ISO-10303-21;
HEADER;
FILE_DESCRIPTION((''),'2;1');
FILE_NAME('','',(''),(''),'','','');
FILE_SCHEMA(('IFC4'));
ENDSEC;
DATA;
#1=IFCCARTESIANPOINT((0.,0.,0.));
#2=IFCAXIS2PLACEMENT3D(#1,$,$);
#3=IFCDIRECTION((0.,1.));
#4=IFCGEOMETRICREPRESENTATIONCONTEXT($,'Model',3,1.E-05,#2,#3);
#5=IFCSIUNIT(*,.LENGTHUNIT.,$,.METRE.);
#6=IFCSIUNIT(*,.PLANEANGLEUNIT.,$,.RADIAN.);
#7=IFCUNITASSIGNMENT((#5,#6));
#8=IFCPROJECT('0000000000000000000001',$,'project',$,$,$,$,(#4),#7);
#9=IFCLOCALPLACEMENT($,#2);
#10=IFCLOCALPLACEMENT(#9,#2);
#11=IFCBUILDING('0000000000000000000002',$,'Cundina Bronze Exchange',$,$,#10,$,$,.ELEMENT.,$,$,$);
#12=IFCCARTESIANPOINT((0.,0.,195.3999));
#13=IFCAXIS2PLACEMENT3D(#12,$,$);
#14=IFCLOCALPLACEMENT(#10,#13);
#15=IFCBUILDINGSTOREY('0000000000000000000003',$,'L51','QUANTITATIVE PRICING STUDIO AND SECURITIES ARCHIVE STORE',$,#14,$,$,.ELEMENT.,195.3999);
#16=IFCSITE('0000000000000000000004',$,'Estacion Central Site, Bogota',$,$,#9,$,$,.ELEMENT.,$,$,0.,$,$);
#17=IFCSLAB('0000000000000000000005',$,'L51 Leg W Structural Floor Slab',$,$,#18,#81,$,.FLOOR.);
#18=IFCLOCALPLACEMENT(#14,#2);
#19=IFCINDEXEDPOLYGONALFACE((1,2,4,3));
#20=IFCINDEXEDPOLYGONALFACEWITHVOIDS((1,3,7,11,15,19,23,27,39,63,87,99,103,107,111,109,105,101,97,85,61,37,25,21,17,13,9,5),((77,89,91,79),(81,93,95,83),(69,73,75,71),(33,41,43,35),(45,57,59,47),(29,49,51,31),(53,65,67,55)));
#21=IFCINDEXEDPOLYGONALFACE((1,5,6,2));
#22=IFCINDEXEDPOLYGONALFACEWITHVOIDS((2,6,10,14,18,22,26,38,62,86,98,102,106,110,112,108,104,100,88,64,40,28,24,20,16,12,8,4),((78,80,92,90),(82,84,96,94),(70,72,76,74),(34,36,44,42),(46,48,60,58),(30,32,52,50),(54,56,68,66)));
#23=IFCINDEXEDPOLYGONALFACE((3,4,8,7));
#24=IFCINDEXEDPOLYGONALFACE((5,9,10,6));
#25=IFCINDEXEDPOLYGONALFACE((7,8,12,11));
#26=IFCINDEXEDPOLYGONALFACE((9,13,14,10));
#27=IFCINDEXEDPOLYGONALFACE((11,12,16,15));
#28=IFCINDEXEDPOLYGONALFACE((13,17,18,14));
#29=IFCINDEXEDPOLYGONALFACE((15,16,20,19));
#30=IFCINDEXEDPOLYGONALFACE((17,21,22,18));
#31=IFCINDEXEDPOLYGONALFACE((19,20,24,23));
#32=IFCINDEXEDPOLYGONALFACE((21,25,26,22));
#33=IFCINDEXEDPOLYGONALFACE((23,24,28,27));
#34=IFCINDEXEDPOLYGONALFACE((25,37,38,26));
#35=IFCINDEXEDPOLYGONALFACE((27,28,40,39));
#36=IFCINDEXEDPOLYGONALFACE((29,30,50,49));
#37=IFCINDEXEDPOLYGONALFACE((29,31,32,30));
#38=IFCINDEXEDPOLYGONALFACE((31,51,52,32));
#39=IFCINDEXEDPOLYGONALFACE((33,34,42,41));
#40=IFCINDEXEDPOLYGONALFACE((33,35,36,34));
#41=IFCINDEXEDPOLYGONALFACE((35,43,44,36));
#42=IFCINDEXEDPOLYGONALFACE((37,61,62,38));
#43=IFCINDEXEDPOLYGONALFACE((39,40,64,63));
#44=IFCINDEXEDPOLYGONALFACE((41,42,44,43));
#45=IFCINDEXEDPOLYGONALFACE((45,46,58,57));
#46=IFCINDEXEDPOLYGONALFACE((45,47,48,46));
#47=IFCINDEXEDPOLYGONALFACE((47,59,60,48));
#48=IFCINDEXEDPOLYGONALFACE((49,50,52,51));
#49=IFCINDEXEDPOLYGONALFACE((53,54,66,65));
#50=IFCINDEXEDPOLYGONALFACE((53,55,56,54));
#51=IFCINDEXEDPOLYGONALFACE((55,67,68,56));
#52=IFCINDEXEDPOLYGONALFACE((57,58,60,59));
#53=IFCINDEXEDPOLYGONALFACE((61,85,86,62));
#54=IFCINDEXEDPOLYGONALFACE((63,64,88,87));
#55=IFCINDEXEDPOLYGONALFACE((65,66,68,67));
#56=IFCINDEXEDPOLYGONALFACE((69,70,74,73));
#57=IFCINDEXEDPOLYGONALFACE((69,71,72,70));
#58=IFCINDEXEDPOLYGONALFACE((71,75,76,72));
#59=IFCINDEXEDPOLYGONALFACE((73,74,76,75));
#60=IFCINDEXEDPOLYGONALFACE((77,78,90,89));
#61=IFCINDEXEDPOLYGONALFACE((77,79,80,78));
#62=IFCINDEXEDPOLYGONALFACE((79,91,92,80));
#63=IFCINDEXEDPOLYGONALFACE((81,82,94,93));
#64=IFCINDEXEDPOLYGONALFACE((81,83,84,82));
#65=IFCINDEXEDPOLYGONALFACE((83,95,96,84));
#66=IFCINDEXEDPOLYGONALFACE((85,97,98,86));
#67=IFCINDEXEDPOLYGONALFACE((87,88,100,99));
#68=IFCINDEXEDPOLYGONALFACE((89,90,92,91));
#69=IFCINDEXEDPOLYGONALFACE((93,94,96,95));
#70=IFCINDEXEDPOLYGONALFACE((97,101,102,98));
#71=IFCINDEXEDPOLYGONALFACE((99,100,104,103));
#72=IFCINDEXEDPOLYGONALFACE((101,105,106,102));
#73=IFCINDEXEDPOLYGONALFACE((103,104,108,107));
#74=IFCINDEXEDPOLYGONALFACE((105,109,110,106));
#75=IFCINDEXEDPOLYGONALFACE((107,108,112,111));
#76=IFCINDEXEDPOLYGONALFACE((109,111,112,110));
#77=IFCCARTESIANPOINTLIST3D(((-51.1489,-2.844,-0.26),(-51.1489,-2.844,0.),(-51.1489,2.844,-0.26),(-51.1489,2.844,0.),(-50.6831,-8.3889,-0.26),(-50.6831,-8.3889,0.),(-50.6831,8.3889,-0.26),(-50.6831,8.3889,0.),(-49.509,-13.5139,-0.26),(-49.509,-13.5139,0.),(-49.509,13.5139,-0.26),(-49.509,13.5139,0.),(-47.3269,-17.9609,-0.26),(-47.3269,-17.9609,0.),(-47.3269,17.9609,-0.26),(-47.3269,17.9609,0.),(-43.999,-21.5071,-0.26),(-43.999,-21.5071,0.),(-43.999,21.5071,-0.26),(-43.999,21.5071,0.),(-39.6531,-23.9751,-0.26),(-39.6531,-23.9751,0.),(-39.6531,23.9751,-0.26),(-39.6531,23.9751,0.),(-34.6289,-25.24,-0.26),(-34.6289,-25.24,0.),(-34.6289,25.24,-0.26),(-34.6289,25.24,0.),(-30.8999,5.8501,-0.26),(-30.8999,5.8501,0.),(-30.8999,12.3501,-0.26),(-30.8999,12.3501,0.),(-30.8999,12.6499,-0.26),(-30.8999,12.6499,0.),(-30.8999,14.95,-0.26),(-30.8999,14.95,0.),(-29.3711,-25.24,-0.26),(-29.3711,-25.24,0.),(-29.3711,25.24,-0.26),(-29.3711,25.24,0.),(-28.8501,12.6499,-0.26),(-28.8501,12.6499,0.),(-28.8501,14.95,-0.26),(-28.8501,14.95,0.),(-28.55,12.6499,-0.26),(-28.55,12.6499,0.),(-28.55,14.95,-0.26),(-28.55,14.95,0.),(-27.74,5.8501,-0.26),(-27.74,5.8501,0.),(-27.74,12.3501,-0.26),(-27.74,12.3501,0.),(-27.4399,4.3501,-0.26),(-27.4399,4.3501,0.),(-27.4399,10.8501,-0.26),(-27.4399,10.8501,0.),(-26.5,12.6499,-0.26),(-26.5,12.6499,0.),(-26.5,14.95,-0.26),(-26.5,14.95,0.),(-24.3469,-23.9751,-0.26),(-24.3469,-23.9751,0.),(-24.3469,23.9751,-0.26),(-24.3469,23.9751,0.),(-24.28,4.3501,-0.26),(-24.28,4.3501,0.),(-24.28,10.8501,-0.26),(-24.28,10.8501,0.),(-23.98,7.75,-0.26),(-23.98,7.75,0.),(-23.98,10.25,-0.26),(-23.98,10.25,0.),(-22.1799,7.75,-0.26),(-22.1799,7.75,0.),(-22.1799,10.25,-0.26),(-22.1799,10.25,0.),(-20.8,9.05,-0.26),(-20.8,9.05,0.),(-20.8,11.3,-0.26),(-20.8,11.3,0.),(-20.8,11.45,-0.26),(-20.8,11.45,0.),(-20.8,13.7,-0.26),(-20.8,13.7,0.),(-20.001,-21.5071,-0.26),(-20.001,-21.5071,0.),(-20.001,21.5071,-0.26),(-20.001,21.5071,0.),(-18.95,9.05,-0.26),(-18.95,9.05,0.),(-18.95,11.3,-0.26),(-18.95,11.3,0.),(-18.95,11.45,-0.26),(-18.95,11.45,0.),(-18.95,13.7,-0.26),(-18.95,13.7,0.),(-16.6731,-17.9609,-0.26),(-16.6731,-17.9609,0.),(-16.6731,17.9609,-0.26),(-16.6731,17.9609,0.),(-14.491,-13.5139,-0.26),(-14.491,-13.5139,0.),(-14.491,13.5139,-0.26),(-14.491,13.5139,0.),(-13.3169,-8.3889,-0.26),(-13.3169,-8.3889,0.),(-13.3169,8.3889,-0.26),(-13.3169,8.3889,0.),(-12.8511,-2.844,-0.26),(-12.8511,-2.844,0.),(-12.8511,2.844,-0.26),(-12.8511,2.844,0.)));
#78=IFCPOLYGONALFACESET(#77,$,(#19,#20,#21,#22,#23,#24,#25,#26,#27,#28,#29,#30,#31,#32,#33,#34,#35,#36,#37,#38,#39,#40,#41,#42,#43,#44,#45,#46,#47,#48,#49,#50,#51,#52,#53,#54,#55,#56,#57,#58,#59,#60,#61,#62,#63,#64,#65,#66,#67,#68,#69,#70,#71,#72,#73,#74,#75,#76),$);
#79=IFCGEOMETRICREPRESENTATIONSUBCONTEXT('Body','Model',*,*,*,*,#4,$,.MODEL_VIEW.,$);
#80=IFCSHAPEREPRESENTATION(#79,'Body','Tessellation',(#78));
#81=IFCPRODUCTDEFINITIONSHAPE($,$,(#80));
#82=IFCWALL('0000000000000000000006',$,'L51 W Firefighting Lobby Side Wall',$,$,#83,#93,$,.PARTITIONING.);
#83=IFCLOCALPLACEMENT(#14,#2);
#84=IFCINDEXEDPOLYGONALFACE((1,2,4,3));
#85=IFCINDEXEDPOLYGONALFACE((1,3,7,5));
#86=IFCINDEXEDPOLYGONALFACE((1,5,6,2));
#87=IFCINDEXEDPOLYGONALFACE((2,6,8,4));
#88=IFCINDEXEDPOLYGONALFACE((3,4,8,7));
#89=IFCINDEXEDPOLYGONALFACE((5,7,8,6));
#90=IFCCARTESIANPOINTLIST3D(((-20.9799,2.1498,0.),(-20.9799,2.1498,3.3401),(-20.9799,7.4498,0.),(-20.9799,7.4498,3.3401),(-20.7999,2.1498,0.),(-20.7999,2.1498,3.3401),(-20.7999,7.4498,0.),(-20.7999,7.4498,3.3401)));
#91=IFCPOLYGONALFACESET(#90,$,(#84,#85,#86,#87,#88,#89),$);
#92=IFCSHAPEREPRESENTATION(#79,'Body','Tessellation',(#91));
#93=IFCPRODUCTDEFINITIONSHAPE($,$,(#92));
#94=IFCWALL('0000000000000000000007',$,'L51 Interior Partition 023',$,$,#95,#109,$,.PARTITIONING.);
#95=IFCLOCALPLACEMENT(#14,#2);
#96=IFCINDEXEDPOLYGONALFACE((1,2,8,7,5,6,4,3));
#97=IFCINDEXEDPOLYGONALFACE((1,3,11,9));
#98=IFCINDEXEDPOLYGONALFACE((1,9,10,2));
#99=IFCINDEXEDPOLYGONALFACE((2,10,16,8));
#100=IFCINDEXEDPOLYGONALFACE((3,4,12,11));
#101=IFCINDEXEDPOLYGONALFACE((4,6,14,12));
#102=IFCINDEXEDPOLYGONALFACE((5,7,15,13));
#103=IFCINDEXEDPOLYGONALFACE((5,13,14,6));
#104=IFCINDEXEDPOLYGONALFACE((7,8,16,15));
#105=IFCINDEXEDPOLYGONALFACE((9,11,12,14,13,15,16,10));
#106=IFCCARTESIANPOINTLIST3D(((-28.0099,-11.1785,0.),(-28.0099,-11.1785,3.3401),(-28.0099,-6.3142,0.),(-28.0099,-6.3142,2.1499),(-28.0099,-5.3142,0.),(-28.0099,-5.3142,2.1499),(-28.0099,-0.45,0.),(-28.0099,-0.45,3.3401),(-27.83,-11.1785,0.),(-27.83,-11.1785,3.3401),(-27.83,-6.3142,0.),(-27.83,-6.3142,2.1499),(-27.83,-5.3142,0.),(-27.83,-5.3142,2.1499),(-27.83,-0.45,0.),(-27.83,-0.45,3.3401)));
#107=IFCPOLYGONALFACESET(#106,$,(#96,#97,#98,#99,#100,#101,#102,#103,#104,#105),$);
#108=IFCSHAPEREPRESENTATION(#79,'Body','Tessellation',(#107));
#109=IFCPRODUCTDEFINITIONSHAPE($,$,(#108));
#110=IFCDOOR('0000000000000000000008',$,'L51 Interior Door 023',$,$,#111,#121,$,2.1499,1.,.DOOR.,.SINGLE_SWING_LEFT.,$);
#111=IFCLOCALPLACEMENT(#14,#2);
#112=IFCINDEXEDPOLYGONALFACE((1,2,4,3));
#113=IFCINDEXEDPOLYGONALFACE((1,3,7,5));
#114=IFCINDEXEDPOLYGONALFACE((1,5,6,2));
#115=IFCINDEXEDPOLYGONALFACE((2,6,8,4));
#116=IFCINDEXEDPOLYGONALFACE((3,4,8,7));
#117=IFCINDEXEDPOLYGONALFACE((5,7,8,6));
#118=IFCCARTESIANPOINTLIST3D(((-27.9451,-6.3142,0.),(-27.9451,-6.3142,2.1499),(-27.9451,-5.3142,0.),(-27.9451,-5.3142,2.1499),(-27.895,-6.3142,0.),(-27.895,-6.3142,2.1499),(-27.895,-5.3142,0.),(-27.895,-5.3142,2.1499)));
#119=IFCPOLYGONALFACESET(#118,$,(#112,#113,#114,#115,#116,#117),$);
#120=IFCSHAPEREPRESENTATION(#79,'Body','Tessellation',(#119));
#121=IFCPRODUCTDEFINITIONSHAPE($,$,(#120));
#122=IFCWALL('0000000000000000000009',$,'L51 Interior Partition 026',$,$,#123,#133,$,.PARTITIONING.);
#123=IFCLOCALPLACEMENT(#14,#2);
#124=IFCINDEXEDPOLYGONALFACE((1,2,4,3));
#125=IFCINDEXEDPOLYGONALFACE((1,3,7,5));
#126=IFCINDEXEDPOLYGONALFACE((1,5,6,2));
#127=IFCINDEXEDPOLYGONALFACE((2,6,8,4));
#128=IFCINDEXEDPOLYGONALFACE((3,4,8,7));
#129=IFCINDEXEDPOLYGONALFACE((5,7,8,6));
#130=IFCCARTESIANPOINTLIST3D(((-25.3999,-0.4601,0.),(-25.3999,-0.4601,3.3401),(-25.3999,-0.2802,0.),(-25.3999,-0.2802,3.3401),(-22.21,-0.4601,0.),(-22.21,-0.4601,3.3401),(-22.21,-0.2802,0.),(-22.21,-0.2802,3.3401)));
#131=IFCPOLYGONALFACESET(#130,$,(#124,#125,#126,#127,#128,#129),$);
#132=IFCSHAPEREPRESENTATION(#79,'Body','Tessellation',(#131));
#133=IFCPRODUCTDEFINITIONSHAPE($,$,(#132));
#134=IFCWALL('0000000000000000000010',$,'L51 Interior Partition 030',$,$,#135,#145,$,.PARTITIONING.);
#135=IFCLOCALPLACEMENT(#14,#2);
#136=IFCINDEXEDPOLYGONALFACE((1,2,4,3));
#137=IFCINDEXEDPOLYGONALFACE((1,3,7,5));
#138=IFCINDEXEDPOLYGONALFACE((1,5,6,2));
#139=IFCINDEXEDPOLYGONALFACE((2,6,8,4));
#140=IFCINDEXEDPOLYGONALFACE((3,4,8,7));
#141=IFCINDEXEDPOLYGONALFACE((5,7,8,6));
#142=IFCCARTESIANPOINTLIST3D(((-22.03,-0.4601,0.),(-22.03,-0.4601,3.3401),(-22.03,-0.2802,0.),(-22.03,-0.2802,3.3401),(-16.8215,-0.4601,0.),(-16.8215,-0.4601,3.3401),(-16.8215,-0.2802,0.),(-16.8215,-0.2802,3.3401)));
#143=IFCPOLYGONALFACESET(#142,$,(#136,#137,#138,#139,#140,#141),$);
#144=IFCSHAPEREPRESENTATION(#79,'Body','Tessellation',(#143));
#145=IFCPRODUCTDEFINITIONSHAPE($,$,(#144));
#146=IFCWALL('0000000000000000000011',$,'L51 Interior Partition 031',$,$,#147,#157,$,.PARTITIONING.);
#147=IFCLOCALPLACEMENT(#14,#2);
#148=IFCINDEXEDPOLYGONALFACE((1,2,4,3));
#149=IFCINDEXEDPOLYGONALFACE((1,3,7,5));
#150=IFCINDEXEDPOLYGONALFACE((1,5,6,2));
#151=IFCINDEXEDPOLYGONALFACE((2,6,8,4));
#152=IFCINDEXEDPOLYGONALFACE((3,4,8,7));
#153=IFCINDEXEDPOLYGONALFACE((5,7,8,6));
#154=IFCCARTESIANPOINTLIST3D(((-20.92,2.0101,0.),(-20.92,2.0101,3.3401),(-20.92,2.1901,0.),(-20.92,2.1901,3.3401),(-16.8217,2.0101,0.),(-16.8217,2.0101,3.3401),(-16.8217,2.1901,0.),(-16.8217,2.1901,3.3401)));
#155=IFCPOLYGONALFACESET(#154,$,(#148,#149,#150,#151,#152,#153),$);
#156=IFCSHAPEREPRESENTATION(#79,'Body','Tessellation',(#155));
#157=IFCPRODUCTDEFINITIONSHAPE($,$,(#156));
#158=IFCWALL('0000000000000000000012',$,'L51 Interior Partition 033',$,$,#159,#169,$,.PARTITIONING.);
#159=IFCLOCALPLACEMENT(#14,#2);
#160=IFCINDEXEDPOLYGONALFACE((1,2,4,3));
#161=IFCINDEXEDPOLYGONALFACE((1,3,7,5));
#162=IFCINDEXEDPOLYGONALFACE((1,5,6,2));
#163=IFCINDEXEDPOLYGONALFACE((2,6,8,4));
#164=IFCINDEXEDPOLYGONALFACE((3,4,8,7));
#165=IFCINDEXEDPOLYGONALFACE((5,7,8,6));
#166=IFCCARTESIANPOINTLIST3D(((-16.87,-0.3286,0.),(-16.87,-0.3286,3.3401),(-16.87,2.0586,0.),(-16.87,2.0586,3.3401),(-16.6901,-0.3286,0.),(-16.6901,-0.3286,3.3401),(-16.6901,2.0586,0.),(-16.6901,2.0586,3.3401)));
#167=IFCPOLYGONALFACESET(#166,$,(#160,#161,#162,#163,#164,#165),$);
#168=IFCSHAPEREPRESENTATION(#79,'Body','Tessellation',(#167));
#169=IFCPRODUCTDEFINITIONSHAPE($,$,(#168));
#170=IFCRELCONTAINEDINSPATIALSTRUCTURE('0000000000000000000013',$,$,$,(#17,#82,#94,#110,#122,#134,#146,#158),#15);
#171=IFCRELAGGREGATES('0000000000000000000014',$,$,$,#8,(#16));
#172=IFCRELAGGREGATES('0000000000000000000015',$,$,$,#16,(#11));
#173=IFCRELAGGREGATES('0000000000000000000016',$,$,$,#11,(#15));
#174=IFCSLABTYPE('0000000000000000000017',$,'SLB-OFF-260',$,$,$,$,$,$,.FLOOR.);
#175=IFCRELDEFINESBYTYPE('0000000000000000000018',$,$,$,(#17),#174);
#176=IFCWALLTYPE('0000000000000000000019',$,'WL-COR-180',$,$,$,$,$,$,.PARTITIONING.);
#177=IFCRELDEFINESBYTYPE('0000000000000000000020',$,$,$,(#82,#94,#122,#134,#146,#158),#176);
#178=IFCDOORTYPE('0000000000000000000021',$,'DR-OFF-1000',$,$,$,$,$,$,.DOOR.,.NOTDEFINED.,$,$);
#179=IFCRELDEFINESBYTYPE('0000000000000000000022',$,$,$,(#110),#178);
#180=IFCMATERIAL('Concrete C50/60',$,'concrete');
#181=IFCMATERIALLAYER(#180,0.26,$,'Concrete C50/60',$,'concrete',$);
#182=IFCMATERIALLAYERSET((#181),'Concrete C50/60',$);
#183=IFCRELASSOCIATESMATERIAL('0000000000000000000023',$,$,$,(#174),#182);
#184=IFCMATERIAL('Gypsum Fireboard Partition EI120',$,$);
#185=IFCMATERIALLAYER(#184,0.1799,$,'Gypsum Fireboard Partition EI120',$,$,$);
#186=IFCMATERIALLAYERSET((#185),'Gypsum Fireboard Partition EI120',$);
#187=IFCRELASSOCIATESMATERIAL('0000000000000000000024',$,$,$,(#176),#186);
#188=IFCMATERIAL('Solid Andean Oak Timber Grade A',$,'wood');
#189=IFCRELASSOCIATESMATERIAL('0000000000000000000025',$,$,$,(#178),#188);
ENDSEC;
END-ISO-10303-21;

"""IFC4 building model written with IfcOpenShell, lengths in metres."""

from ifc_helpers import new_model, si_unit, direction, frame, frame_2d, origin, place, context, subcontext, project, spatial, polyline, rectangle, outline, extrude, material, layer, layer_set, type_object, element, fill, save


model = new_model("IFC4")

# Units and contexts
model_context = context("Model", 3, precision=1e-05, world=origin(), true_north=direction((0.0, 1.0)))
body_context = subcontext(model_context, "Body", "Model", "MODEL_VIEW")
ifc_project = project(units=[si_unit("LENGTHUNIT", "METRE"), si_unit("PLANEANGLEUNIT", "RADIAN")], contexts=[model_context])

# Site, building, storey
site_placement = place(None, origin())
site = spatial("IfcSite", under=ifc_project, at=site_placement, Name="Estacion Central Site, Bogota", CompositionType="ELEMENT", RefElevation=0.0)
building_placement = place(site_placement, origin())
building = spatial("IfcBuilding", under=site, at=building_placement, Name="Cundina Bronze Exchange", CompositionType="ELEMENT")
storey_placement = place(building_placement, frame((0.0, 0.0, 195.3999)))
storey = spatial("IfcBuildingStorey", under=building, at=storey_placement, Name="L51", Description="QUANTITATIVE PRICING STUDIO AND SECURITIES ARCHIVE STORE", CompositionType="ELEMENT", Elevation=195.3999)

# Shared definitions
ifc_material_1 = material(Name="Concrete C50/60", Category="concrete")

# Slab
ifc_layer_1 = layer(ifc_material_1, 0.26, Name="Concrete C50/60", Category="concrete")
ifc_layer_set_1 = layer_set([ifc_layer_1], Name="Concrete C50/60")
slab_type = type_object("IfcSlabType", Name="SLB-OFF-260", PredefinedType="FLOOR", material=ifc_layer_set_1)
slab_placement = place(storey_placement, frame((0.0, 0.0, -0.26)))
element("IfcSlab", 1, at=slab_placement, inside=storey, type_object=slab_type, Name="L51 Leg W Structural Floor Slab", PredefinedType="FLOOR", context=body_context, shape_type="SweptSolid", body=[
    extrude(outline(polyline([(-12.8511, 2.844), (-13.3169, 8.3889), (-14.491, 13.5139), (-16.6731, 17.9609), (-20.001, 21.5071), (-24.3469, 23.9751), (-29.3711, 25.24), (-34.6289, 25.24), (-39.6531, 23.9751), (-43.999, 21.5071), (-47.3269, 17.9609), (-49.509, 13.5139), (-50.6831, 8.3889), (-51.1489, 2.844), (-51.1489, -2.844), (-50.6831, -8.3889), (-49.509, -13.5139), (-47.3269, -17.9609), (-43.999, -21.5071), (-39.6531, -23.9751), (-34.6289, -25.24), (-29.3711, -25.24), (-24.3469, -23.9751), (-20.001, -21.5071), (-16.6731, -17.9609), (-14.491, -13.5139), (-13.3169, -8.3889), (-12.8511, -2.844), (-12.8511, 2.844)]), holes=[polyline([(-27.74, 5.8501), (-27.74, 12.3501), (-30.8999, 12.3501), (-30.8999, 5.8501), (-27.74, 5.8501)]), polyline([(-27.4399, 10.8501), (-27.4399, 4.3501), (-24.28, 4.3501), (-24.28, 10.8501), (-27.4399, 10.8501)]), polyline([(-23.98, 10.25), (-22.1799, 10.25), (-22.1799, 7.75), (-23.98, 7.75), (-23.98, 10.25)]), polyline([(-30.8999, 14.95), (-28.8501, 14.95), (-28.8501, 12.6499), (-30.8999, 12.6499), (-30.8999, 14.95)]), polyline([(-28.55, 14.95), (-26.5, 14.95), (-26.5, 12.6499), (-28.55, 12.6499), (-28.55, 14.95)]), polyline([(-20.8, 13.7), (-18.95, 13.7), (-18.95, 11.45), (-20.8, 11.45), (-20.8, 13.7)]), polyline([(-20.8, 11.3), (-18.95, 11.3), (-18.95, 9.05), (-20.8, 9.05), (-20.8, 11.3)])]), origin(), (0.0, 0.0, 1.0), 0.26),
])

# Wall
ifc_material_2 = material(Name="Gypsum Fireboard Partition EI120")
ifc_layer_2 = layer(ifc_material_2, 0.1799, Name="Gypsum Fireboard Partition EI120")
ifc_layer_set_2 = layer_set([ifc_layer_2], Name="Gypsum Fireboard Partition EI120")
wall_type_1 = type_object("IfcWallType", Name="WL-COR-180", PredefinedType="PARTITIONING", material=ifc_layer_set_2)
wall_1_placement = place(storey_placement, frame((-20.8899, 2.1499, 0.0), z_axis=(0.0, 0.0, 1.0), x_axis=(0.0, 1.0, 0.0)))
element("IfcWall", 2, at=wall_1_placement, inside=storey, type_object=wall_type_1, Name="L51 W Firefighting Lobby Side Wall", PredefinedType="PARTITIONING", context=body_context, shape_type="SweptSolid", body=[
    extrude(rectangle(XDim=5.3, YDim=0.1799, at=frame_2d((2.6499, 0.0))), origin(), (0.0, 0.0, 1.0), 3.3401),
])

# Wall, opening, door
wall_2_placement = place(storey_placement, frame((-27.9199, -0.45, 0.0), z_axis=(0.0, 0.0, 1.0), x_axis=(0.0, -1.0, 0.0)))
wall_2 = element("IfcWall", 3, at=wall_2_placement, inside=storey, type_object=wall_type_1, Name="L51 Interior Partition 023", PredefinedType="PARTITIONING", context=body_context, shape_type="SweptSolid", body=[
    extrude(rectangle(XDim=10.7285, YDim=0.1799, at=frame_2d((5.3643, 0.0))), origin(), (0.0, 0.0, 1.0), 3.3401),
])
opening_1_placement = place(wall_2_placement, frame((4.8643, 0.0, 0.0)))
opening_1 = element("IfcOpeningElement", 4, at=opening_1_placement, cuts=wall_2, PredefinedType="OPENING", context=body_context, shape_type="SweptSolid", body=[
    extrude(rectangle(XDim=1.0, YDim=2.1499, at=frame_2d((0.5, 1.075))), frame((0.0, 0.0999, 0.0), z_axis=(0.0, -1.0, 0.0), x_axis=(1.0, 0.0, 0.0)), (0.0, 0.0, 1.0), 0.2),
])
ifc_material_3 = material(Name="Solid Andean Oak Timber Grade A", Category="wood")
door_type_1 = type_object("IfcDoorType", Name="DR-OFF-1000", OperationType="NOTDEFINED", PredefinedType="DOOR", material=ifc_material_3)
door_1_placement = place(opening_1_placement, origin())
door_1 = element("IfcDoor", 5, at=door_1_placement, inside=storey, type_object=door_type_1, Name="L51 Interior Door 023", OperationType="SINGLE_SWING_LEFT", OverallHeight=2.1499, OverallWidth=1.0, PredefinedType="DOOR", context=body_context, shape_type="SweptSolid", body=[
    extrude(rectangle(XDim=1.0, YDim=2.1499, at=frame_2d((0.5, 1.075))), frame((0.0, 0.0249, 0.0), z_axis=(0.0, -1.0, 0.0), x_axis=(1.0, 0.0, 0.0)), (0.0, 0.0, 1.0), 0.05),
])
fill(opening_1, door_1)

# Walls
wall_3_placement = place(storey_placement, frame((-25.3999, -0.3701, 0.0), z_axis=(0.0, 0.0, 1.0), x_axis=(1.0, 0.0, 0.0)))
element("IfcWall", 6, at=wall_3_placement, inside=storey, type_object=wall_type_1, Name="L51 Interior Partition 026", PredefinedType="PARTITIONING", context=body_context, shape_type="SweptSolid", body=[
    extrude(rectangle(XDim=3.1899, YDim=0.1799, at=frame_2d((1.595, 0.0))), origin(), (0.0, 0.0, 1.0), 3.3401),
])
wall_4_placement = place(storey_placement, frame((-22.03, -0.3701, 0.0), z_axis=(0.0, 0.0, 1.0), x_axis=(1.0, 0.0, 0.0)))
element("IfcWall", 7, at=wall_4_placement, inside=storey, type_object=wall_type_1, Name="L51 Interior Partition 030", PredefinedType="PARTITIONING", context=body_context, shape_type="SweptSolid", body=[
    extrude(rectangle(XDim=5.2085, YDim=0.1799, at=frame_2d((2.6042, 0.0))), origin(), (0.0, 0.0, 1.0), 3.3401),
])
wall_5_placement = place(storey_placement, frame((-16.8215, 2.1001, 0.0), z_axis=(0.0, 0.0, 1.0), x_axis=(-1.0, 0.0, 0.0)))
element("IfcWall", 8, at=wall_5_placement, inside=storey, type_object=wall_type_1, Name="L51 Interior Partition 031", PredefinedType="PARTITIONING", context=body_context, shape_type="SweptSolid", body=[
    extrude(rectangle(XDim=4.0984, YDim=0.1799, at=frame_2d((2.0493, 0.0))), origin(), (0.0, 0.0, 1.0), 3.3401),
])
wall_6_placement = place(storey_placement, frame((-16.78, -0.3286, 0.0), z_axis=(0.0, 0.0, 1.0), x_axis=(0.0, 1.0, 0.0)))
element("IfcWall", 9, at=wall_6_placement, inside=storey, type_object=wall_type_1, Name="L51 Interior Partition 033", PredefinedType="PARTITIONING", context=body_context, shape_type="SweptSolid", body=[
    extrude(rectangle(XDim=2.3872, YDim=0.1799, at=frame_2d((1.1936, 0.0))), origin(), (0.0, 0.0, 1.0), 3.3401),
])

save(model, "model.ifc")
